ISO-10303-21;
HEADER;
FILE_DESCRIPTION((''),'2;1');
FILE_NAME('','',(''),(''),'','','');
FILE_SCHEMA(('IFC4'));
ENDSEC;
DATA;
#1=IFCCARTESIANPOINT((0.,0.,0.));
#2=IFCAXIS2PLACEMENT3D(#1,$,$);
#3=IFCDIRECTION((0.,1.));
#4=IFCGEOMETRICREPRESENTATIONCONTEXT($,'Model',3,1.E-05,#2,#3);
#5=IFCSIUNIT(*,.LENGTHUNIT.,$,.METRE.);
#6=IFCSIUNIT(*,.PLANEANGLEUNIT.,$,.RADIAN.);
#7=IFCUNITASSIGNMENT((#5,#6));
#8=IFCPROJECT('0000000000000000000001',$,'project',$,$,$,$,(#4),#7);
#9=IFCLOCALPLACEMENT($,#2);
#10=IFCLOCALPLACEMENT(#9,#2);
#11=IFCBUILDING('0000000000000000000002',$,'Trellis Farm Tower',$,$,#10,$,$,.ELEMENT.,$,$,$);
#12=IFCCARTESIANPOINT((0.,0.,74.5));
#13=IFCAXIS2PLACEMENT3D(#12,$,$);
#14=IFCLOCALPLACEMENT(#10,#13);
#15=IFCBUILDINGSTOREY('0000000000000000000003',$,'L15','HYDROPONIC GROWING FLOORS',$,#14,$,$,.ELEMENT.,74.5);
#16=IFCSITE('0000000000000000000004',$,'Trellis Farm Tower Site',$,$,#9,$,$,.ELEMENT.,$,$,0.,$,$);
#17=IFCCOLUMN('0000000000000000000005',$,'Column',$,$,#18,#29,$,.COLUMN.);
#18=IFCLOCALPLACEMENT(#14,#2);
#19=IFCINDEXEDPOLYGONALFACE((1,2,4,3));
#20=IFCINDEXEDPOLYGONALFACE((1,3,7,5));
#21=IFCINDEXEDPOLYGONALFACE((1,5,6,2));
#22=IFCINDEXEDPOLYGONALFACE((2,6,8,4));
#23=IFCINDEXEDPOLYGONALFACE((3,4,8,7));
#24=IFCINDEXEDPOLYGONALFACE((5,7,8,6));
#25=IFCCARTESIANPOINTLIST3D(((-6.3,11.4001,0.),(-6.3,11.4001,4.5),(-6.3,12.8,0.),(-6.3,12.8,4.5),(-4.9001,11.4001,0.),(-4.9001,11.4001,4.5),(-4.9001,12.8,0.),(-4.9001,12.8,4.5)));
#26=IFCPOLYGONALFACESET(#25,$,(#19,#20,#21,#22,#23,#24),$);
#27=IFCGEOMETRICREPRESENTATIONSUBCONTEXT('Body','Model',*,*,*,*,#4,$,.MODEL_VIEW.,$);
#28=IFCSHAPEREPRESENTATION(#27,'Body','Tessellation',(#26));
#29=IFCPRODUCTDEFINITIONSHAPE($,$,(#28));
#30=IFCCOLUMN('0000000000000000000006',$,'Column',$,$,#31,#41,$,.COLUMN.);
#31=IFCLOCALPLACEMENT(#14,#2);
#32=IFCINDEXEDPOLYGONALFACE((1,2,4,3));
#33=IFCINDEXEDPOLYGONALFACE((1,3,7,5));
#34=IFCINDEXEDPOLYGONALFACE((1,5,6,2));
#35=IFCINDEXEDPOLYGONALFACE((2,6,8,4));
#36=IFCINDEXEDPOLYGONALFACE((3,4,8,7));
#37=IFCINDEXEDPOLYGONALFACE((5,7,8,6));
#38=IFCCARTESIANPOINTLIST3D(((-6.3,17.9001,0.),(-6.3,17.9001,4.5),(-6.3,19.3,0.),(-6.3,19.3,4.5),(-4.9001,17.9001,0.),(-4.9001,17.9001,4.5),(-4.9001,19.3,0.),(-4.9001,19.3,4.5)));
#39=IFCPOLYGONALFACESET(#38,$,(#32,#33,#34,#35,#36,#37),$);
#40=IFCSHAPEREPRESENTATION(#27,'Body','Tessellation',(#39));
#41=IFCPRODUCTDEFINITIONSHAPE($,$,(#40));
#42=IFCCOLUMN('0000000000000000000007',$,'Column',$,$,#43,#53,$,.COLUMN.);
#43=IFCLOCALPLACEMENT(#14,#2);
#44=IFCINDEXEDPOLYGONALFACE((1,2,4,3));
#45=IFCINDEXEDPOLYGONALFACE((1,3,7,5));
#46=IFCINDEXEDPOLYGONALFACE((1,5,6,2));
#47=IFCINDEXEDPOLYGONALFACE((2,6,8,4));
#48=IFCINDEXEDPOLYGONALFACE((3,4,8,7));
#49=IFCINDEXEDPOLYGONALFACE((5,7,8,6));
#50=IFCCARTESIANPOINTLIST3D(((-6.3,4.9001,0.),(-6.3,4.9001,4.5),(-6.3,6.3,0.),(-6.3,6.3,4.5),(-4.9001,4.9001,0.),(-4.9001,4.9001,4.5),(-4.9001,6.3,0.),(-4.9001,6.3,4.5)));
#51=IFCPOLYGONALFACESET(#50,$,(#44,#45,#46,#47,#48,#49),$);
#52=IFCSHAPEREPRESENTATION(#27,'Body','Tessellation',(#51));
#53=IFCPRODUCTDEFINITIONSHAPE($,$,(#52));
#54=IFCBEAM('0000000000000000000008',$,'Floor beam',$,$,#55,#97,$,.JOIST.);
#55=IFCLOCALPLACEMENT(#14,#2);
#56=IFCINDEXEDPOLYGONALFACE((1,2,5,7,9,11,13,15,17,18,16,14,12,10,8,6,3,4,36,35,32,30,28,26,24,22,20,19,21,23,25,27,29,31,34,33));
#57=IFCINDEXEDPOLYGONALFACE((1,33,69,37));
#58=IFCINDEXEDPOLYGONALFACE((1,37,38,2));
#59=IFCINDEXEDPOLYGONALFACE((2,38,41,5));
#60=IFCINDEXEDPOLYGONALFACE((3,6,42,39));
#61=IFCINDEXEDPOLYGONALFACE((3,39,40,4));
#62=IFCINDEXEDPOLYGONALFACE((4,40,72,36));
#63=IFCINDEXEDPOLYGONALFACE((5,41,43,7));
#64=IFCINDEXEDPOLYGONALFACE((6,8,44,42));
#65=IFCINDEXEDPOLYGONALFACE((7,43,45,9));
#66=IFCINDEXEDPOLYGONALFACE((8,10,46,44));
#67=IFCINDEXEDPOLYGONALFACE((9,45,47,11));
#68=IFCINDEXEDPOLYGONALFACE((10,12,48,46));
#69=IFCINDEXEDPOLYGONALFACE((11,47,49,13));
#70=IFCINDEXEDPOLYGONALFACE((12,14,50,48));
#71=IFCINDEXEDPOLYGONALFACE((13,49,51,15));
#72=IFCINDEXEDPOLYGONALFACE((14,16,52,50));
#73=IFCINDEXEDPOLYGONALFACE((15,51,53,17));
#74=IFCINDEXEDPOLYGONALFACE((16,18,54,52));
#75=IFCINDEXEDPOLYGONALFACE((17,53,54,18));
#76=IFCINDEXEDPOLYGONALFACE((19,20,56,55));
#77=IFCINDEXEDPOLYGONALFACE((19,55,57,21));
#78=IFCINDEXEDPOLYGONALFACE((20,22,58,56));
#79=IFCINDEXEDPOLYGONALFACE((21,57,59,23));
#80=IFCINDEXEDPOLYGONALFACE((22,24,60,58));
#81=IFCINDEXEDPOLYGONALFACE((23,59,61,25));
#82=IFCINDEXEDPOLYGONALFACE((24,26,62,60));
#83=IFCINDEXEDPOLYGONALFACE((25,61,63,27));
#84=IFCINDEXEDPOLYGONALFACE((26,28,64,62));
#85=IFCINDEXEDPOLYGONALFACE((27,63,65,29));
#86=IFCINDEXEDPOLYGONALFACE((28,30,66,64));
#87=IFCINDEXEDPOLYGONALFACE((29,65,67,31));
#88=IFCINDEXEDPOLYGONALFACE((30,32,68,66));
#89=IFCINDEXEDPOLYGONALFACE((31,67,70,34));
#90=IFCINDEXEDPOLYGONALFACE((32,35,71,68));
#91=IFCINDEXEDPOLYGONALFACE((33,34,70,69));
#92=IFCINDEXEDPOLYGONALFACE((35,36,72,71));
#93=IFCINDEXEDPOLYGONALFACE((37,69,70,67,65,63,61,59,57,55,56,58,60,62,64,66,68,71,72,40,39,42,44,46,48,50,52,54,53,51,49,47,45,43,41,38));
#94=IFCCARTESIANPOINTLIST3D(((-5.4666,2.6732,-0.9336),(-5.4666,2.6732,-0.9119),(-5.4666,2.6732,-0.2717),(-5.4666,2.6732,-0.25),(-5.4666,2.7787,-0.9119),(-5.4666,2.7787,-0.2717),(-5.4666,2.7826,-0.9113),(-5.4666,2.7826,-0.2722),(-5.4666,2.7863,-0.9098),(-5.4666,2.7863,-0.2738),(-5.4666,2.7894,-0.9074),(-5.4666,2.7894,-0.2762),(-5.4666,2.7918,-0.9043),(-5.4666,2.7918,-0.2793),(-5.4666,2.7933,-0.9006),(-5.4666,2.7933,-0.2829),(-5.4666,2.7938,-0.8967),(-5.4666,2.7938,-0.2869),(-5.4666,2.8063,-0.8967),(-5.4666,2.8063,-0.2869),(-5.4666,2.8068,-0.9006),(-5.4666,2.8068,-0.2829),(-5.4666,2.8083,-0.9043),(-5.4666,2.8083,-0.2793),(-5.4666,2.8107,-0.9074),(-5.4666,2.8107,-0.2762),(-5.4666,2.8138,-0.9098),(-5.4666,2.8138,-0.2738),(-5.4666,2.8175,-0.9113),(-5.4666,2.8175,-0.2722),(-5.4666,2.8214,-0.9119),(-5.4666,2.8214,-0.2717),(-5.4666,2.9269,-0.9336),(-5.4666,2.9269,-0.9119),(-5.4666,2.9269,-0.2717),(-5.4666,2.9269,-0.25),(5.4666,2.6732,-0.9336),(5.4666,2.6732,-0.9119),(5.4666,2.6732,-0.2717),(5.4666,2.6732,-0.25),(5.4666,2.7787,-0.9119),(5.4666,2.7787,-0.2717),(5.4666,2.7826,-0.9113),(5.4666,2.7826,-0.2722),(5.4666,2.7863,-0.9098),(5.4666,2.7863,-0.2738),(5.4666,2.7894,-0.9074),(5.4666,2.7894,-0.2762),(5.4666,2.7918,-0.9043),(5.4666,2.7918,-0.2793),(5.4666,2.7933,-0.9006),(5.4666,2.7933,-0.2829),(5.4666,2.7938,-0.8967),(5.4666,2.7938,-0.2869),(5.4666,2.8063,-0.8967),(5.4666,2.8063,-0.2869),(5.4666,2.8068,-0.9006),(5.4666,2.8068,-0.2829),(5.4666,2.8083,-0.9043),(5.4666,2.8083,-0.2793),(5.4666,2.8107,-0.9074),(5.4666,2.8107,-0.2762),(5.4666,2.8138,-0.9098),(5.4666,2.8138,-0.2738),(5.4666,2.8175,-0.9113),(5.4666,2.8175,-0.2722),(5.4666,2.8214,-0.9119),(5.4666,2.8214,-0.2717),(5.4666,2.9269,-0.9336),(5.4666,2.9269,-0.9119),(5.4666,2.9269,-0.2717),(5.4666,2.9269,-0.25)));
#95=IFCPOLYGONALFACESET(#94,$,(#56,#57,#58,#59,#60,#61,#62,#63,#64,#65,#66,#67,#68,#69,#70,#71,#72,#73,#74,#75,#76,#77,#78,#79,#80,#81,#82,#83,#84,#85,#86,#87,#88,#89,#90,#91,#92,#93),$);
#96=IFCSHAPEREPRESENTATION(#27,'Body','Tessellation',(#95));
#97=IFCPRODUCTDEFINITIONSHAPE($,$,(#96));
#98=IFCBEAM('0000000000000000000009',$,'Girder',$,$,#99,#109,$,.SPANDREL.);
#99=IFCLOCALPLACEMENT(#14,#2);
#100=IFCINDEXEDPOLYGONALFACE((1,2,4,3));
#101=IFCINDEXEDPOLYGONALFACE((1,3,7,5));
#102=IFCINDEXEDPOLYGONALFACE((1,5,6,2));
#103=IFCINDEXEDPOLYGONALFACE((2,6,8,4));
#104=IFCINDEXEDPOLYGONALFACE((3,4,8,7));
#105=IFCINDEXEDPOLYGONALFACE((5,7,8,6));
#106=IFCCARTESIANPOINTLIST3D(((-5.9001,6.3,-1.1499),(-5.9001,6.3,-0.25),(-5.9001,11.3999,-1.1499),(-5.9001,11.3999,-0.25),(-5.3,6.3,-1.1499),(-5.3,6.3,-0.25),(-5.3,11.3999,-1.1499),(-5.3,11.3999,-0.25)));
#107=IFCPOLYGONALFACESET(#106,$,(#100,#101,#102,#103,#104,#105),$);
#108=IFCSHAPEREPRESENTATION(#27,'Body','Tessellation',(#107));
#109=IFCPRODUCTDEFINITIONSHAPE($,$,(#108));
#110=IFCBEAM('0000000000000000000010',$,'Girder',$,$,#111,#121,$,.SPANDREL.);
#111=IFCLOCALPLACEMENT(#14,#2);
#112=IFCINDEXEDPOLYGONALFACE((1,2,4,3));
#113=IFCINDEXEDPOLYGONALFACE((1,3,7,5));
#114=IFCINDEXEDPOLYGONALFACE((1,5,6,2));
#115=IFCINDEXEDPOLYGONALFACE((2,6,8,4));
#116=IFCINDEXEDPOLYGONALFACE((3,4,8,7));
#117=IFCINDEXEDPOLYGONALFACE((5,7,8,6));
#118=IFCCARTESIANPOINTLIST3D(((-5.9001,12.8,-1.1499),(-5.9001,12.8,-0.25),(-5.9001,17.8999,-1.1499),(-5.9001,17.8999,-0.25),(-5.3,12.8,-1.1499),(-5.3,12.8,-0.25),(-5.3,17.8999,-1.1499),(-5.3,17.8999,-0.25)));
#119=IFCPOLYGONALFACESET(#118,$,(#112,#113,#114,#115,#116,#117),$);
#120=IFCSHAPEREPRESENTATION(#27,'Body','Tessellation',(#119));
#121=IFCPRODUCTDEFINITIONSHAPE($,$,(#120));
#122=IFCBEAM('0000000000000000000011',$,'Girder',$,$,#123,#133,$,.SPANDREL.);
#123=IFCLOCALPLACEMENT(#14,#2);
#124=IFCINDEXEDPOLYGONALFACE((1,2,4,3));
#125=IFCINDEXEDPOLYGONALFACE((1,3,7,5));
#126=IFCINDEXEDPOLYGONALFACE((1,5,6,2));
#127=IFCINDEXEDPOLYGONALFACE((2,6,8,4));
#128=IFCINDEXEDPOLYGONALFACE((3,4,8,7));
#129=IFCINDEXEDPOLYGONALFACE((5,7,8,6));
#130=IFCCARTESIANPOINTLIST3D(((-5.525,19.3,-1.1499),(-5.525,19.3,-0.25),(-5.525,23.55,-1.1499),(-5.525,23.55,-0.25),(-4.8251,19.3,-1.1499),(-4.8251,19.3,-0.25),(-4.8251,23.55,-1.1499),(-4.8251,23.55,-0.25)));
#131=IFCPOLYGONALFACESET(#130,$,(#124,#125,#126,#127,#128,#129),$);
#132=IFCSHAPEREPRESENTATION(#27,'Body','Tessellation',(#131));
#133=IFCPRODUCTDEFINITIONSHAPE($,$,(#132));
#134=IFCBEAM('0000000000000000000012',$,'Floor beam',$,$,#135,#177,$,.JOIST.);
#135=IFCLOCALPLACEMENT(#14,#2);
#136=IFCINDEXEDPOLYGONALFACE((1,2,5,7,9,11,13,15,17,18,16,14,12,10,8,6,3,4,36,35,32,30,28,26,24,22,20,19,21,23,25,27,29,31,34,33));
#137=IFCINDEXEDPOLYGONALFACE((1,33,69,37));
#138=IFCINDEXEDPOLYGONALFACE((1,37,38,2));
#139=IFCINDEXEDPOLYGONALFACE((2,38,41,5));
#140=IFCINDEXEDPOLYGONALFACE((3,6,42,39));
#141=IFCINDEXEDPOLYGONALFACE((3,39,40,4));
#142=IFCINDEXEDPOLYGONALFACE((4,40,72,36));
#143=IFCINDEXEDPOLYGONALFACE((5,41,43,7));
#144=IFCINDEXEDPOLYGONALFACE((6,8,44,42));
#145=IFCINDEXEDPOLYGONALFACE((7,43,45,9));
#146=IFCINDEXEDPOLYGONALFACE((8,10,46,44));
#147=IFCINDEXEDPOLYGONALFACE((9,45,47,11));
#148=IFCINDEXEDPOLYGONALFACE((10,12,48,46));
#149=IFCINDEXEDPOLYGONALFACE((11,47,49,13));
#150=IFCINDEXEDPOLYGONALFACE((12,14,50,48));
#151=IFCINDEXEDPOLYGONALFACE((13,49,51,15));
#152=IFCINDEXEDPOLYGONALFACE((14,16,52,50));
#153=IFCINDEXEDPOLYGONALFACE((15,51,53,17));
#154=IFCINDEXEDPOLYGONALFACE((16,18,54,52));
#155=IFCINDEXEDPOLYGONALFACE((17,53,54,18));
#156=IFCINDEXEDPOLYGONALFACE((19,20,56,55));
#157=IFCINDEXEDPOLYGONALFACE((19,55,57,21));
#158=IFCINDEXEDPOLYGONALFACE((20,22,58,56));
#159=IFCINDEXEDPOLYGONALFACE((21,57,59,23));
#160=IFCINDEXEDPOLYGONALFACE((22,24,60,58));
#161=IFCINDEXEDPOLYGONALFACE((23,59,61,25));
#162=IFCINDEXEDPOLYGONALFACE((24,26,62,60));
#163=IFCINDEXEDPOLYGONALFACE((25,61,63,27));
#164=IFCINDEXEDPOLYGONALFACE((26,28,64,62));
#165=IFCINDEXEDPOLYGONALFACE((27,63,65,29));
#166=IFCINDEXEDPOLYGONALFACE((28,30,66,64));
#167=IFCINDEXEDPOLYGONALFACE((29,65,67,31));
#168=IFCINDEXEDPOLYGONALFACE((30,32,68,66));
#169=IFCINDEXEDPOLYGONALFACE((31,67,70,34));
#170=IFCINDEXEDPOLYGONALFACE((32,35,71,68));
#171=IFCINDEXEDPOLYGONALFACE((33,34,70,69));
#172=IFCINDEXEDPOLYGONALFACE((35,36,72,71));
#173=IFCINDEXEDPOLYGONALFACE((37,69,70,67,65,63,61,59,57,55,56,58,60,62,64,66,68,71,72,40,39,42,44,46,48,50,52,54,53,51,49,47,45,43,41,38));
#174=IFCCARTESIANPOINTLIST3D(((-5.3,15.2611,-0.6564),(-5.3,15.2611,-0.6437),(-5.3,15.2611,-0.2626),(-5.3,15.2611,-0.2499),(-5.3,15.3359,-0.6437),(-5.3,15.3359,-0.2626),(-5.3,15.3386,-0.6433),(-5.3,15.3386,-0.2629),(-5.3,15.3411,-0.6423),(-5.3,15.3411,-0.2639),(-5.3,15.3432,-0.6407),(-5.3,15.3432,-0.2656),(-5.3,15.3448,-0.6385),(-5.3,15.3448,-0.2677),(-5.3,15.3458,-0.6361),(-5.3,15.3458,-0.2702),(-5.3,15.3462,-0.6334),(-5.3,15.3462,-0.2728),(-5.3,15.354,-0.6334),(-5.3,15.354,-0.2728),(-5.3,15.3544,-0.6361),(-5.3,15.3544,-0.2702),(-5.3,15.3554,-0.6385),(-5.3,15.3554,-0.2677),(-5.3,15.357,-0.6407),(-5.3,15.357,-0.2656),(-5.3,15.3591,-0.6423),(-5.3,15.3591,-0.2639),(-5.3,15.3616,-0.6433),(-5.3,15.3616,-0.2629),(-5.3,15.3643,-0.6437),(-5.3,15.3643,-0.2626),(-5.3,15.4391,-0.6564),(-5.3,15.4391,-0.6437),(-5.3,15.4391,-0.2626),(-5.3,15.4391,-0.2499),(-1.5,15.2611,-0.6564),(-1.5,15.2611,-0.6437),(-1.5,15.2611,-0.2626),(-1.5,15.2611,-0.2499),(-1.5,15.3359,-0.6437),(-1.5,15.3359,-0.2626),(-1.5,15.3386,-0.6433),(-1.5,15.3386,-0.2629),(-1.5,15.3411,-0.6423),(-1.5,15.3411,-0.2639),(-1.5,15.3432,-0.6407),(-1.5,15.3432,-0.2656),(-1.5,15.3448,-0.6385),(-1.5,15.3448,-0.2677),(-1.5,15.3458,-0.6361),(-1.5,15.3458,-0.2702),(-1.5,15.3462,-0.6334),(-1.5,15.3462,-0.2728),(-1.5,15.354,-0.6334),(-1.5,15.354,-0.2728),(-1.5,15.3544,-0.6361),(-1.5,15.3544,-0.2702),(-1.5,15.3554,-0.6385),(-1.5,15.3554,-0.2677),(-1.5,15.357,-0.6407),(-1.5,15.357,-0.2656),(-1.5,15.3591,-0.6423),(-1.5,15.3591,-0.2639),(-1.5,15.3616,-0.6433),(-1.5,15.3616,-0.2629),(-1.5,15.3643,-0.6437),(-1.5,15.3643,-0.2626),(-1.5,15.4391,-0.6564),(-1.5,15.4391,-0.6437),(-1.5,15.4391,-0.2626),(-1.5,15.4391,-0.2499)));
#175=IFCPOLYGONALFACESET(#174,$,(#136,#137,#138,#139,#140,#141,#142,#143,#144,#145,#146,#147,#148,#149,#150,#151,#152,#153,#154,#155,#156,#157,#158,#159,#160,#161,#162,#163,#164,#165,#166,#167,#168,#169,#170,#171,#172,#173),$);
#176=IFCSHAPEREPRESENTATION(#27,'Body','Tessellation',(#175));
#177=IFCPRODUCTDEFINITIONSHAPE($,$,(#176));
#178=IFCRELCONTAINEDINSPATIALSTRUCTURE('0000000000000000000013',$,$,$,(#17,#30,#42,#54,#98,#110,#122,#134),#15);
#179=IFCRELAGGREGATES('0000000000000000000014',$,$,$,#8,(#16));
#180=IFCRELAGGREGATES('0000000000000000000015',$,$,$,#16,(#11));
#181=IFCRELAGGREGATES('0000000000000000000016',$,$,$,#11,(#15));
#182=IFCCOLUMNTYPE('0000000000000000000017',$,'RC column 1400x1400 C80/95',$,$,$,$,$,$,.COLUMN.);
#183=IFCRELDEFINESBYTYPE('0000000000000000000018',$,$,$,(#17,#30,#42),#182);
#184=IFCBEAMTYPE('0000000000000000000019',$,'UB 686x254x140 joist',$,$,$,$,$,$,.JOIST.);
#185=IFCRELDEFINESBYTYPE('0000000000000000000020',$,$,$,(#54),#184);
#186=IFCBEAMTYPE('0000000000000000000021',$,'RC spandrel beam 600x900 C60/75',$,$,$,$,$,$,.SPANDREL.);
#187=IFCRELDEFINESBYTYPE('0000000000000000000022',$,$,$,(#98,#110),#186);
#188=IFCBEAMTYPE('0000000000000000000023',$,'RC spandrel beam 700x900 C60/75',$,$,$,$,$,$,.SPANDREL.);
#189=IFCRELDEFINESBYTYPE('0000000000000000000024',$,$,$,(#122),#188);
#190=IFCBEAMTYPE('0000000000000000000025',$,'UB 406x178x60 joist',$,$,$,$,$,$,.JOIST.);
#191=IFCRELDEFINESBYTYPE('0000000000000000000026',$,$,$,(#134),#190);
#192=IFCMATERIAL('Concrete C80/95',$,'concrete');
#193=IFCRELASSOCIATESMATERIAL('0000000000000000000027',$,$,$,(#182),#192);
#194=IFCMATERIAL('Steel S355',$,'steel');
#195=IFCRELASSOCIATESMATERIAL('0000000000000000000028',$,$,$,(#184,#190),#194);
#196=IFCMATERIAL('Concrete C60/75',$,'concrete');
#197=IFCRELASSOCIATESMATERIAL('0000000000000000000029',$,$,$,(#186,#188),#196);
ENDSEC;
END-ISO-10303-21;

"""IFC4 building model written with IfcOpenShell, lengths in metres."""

from ifc_helpers import new_model, si_unit, direction, frame, origin, origin_2d, place, context, subcontext, project, spatial, rectangle, i_section, extrude, source, transform, mapped, material, material_profile, profile_set, type_object, element, save


model = new_model("IFC4")

# Units and contexts
model_context = context("Model", 3, precision=1e-05, world=origin(), true_north=direction((0.0, 1.0)))
body_context = subcontext(model_context, "Body", "Model", "MODEL_VIEW")
ifc_project = project(units=[si_unit("LENGTHUNIT", "METRE"), si_unit("PLANEANGLEUNIT", "RADIAN")], contexts=[model_context])

# Site, building, storey
site_placement = place(None, origin())
site = spatial("IfcSite", under=ifc_project, at=site_placement, Name="Trellis Farm Tower Site", CompositionType="ELEMENT", RefElevation=0.0)
building_placement = place(site_placement, origin())
building = spatial("IfcBuilding", under=site, at=building_placement, Name="Trellis Farm Tower", CompositionType="ELEMENT")
storey_placement = place(building_placement, frame((0.0, 0.0, 74.5)))
storey = spatial("IfcBuildingStorey", under=building, at=storey_placement, Name="L15", Description="HYDROPONIC GROWING FLOORS", CompositionType="ELEMENT", Elevation=74.5)

# Columns
ifc_material_1 = material(Name="Concrete C80/95", Category="concrete")
ifc_material_profile_1 = material_profile(ifc_material_1, rectangle(XDim=1.3999, YDim=1.3999, at=origin_2d()), Name="RC column 1400x1400 C80/95")
ifc_profile_set_1 = profile_set([ifc_material_profile_1], Name="Concrete C80/95")
column_type = type_object("IfcColumnType", Name="RC column 1400x1400 C80/95", PredefinedType="COLUMN", material=ifc_profile_set_1)
shared_shape_1 = source(origin(), body_context, "Body", "SweptSolid", [
    extrude(rectangle(XDim=1.3999, YDim=1.3999, at=origin_2d()), origin(), (0.0, 0.0, 1.0), 4.5),
])
for number, where, z_axis, x_axis, name in (
    (1, (-5.6001, 12.1001, 0.0), (0.0, 0.0, 1.0), (1.0, 0.0, 0.0), "Column"),
    (2, (-5.6001, 18.6001, 0.0), (0.0, 0.0, 1.0), (1.0, 0.0, 0.0), "Column"),
    (3, (-5.6001, 5.6001, 0.0), (0.0, 0.0, 1.0), (1.0, 0.0, 0.0), "Column"),
):
    element("IfcColumn", number, at=place(storey_placement, frame(where, z_axis=z_axis, x_axis=x_axis)), inside=storey, type_object=column_type, Name=name, PredefinedType="COLUMN", context=body_context, shape_type="MappedRepresentation", body=[
        mapped(shared_shape_1, transform((0.0, 0.0, 0.0))),
    ])

# Beams
ifc_material_2 = material(Name="Steel S355", Category="steel")
ifc_material_profile_2 = material_profile(ifc_material_2, i_section(OverallWidth=0.2537, OverallDepth=0.6836, WebThickness=0.0125, FlangeThickness=0.0217, FilletRadius=0.0151, at=origin_2d()), Name="UB 686x254x140")
ifc_profile_set_2 = profile_set([ifc_material_profile_2], Name="Steel S355")
beam_type_1 = type_object("IfcBeamType", Name="UB 686x254x140 joist", PredefinedType="JOIST", material=ifc_profile_set_2)
shared_shape_2 = source(origin(), body_context, "Body", "SweptSolid", [
    extrude(i_section(OverallWidth=0.2537, OverallDepth=0.6836, WebThickness=0.0125, FlangeThickness=0.0217, FilletRadius=0.0151, at=origin_2d()), origin(), (0.0, 0.0, 1.0), 10.9331),
])
beam_1_placement = place(storey_placement, frame((-5.4666, 2.8, -0.5918), z_axis=(1.0, 0.0, 0.0), x_axis=(0.0, 1.0, 0.0)))
element("IfcBeam", 4, at=beam_1_placement, inside=storey, type_object=beam_type_1, Name="Floor beam", PredefinedType="JOIST", context=body_context, shape_type="MappedRepresentation", body=[
    mapped(shared_shape_2, transform((0.0, 0.0, 0.0))),
])
ifc_material_3 = material(Name="Concrete C60/75", Category="concrete")
ifc_material_profile_3 = material_profile(ifc_material_3, rectangle(XDim=0.6001, YDim=0.8999, at=origin_2d()), Name="RC spandrel beam 600x900 C60/75")
ifc_profile_set_3 = profile_set([ifc_material_profile_3], Name="Concrete C60/75")
beam_type_2 = type_object("IfcBeamType", Name="RC spandrel beam 600x900 C60/75", PredefinedType="SPANDREL", material=ifc_profile_set_3)
shared_shape_3 = source(origin(), body_context, "Body", "SweptSolid", [
    extrude(rectangle(XDim=0.6001, YDim=0.8999, at=origin_2d()), origin(), (0.0, 0.0, 1.0), 5.0999),
])
for number, where, z_axis, x_axis, name in (
    (5, (-5.6001, 6.3, -0.7), (0.0, 1.0, 0.0), (-1.0, 0.0, 0.0), "Girder"),
    (6, (-5.6001, 12.8, -0.7), (0.0, 1.0, 0.0), (-1.0, 0.0, 0.0), "Girder"),
):
    element("IfcBeam", number, at=place(storey_placement, frame(where, z_axis=z_axis, x_axis=x_axis)), inside=storey, type_object=beam_type_2, Name=name, PredefinedType="SPANDREL", context=body_context, shape_type="MappedRepresentation", body=[
        mapped(shared_shape_3, transform((0.0, 0.0, 0.0))),
    ])
ifc_material_profile_4 = material_profile(ifc_material_3, rectangle(XDim=0.7, YDim=0.8999, at=origin_2d()), Name="RC spandrel beam 700x900 C60/75")
ifc_profile_set_4 = profile_set([ifc_material_profile_4], Name="Concrete C60/75")
beam_type_3 = type_object("IfcBeamType", Name="RC spandrel beam 700x900 C60/75", PredefinedType="SPANDREL", material=ifc_profile_set_4)
shared_shape_4 = source(origin(), body_context, "Body", "SweptSolid", [
    extrude(rectangle(XDim=0.7, YDim=0.8999, at=origin_2d()), origin(), (0.0, 0.0, 1.0), 4.25),
])
beam_2_placement = place(storey_placement, frame((-5.175, 19.3, -0.7), z_axis=(0.0, 1.0, 0.0), x_axis=(-1.0, 0.0, 0.0)))
element("IfcBeam", 7, at=beam_2_placement, inside=storey, type_object=beam_type_3, Name="Girder", PredefinedType="SPANDREL", context=body_context, shape_type="MappedRepresentation", body=[
    mapped(shared_shape_4, transform((0.0, 0.0, 0.0))),
])
ifc_material_profile_5 = material_profile(ifc_material_2, i_section(OverallWidth=0.178, OverallDepth=0.4065, WebThickness=0.0078, FlangeThickness=0.0127, FilletRadius=0.0103, at=origin_2d()), Name="UB 406x178x60")
ifc_profile_set_5 = profile_set([ifc_material_profile_5], Name="Steel S355")
beam_type_4 = type_object("IfcBeamType", Name="UB 406x178x60 joist", PredefinedType="JOIST", material=ifc_profile_set_5)
shared_shape_5 = source(origin(), body_context, "Body", "SweptSolid", [
    extrude(i_section(OverallWidth=0.178, OverallDepth=0.4065, WebThickness=0.0078, FlangeThickness=0.0127, FilletRadius=0.0103, at=origin_2d()), origin(), (0.0, 0.0, 1.0), 3.8),
])
beam_3_placement = place(storey_placement, frame((-5.3, 15.3501, -0.4531), z_axis=(1.0, 0.0, 0.0), x_axis=(0.0, 1.0, 0.0)))
element("IfcBeam", 8, at=beam_3_placement, inside=storey, type_object=beam_type_4, Name="Floor beam", PredefinedType="JOIST", context=body_context, shape_type="MappedRepresentation", body=[
    mapped(shared_shape_5, transform((0.0, 0.0, 0.0))),
])

save(model, "model.ifc")
